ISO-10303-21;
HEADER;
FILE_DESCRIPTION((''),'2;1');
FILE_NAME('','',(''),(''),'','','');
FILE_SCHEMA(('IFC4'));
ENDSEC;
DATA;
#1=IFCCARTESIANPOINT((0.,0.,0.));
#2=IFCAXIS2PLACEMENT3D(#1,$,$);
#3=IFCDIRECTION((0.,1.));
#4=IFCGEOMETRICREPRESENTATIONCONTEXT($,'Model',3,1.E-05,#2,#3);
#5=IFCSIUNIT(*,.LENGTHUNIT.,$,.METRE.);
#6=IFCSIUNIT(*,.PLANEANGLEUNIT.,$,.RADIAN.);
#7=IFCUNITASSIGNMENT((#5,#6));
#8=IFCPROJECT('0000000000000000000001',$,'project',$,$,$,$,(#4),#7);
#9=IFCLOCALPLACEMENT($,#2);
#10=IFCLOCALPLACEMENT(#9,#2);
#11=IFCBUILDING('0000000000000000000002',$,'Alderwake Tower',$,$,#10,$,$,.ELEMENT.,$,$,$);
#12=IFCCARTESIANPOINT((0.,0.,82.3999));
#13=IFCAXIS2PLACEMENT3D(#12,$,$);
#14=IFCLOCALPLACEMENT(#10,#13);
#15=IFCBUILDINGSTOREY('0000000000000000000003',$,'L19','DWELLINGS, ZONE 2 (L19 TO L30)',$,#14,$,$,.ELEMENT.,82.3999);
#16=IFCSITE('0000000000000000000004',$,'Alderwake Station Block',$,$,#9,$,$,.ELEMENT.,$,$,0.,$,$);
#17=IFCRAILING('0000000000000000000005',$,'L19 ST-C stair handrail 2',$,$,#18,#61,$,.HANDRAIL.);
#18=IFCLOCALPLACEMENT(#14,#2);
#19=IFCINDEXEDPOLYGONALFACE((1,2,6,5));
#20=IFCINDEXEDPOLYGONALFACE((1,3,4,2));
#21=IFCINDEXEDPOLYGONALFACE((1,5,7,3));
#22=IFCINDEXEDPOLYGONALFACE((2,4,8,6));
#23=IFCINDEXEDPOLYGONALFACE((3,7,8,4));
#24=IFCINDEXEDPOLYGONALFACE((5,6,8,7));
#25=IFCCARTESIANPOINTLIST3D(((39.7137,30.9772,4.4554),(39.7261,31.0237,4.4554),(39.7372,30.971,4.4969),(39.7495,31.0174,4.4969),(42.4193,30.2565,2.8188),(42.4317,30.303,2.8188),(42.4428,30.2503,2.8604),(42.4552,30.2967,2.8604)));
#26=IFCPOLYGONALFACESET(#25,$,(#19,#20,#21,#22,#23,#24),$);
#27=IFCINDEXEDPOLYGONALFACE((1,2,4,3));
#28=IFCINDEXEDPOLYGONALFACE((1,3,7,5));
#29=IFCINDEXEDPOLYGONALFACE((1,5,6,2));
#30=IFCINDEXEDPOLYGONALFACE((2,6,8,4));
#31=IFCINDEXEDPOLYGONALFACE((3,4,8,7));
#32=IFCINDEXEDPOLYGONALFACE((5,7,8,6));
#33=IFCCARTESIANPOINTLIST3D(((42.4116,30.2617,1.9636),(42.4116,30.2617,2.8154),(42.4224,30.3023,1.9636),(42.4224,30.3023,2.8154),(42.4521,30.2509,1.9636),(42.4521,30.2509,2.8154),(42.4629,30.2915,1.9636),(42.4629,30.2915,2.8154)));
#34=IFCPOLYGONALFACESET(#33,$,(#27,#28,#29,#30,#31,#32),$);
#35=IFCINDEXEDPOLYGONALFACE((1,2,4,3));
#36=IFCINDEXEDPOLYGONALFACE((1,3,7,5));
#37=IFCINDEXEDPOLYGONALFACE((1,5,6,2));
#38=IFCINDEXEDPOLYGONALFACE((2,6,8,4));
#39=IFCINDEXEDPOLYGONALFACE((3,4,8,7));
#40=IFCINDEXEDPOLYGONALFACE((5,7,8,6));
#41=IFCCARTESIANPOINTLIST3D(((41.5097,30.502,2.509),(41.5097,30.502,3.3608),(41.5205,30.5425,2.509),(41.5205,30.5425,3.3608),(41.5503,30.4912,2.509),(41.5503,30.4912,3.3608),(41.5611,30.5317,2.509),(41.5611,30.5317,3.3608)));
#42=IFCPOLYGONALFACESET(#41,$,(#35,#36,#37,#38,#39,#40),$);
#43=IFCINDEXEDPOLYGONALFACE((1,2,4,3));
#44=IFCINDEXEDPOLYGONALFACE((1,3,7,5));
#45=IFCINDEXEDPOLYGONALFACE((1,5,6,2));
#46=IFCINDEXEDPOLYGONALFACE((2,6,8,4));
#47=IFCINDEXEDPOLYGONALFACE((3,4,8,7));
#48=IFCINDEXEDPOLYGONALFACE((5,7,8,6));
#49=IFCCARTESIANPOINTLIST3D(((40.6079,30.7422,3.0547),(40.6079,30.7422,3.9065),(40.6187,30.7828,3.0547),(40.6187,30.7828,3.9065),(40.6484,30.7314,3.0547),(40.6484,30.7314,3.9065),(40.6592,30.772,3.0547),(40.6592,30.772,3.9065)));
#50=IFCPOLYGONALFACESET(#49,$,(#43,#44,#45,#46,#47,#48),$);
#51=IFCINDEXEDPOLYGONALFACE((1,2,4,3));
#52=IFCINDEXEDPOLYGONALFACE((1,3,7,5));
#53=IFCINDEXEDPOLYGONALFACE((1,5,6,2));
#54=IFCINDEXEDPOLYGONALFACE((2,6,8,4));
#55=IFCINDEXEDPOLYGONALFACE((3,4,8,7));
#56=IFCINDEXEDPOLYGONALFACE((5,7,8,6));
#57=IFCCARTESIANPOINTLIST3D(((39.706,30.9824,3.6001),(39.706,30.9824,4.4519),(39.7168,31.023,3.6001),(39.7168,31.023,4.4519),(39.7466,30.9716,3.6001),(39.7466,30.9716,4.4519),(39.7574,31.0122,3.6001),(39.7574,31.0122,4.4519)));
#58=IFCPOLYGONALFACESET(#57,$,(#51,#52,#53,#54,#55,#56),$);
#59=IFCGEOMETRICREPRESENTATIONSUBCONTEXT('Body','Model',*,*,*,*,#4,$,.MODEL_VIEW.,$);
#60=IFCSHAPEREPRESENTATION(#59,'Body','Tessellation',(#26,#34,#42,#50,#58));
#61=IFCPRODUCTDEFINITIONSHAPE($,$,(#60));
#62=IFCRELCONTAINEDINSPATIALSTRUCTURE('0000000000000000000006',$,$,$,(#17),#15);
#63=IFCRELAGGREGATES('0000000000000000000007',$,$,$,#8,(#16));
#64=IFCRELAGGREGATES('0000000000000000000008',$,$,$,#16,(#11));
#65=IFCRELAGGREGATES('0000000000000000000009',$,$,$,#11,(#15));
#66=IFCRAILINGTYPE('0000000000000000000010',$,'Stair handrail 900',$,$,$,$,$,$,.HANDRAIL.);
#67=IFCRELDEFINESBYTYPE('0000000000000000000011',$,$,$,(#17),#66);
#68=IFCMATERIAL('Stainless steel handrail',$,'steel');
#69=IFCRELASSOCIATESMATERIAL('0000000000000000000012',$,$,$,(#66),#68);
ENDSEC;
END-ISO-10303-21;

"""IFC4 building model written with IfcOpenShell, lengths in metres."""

from ifc_helpers import new_model, si_unit, direction, frame, origin, origin_2d, place, context, subcontext, project, spatial, rectangle, extrude, material, type_object, element, save


model = new_model("IFC4")

# Units and contexts
model_context = context("Model", 3, precision=1e-05, world=origin(), true_north=direction((0.0, 1.0)))
body_context = subcontext(model_context, "Body", "Model", "MODEL_VIEW")
ifc_project = project(units=[si_unit("LENGTHUNIT", "METRE"), si_unit("PLANEANGLEUNIT", "RADIAN")], contexts=[model_context])

# Site, building, storey
site_placement = place(None, origin())
site = spatial("IfcSite", under=ifc_project, at=site_placement, Name="Alderwake Station Block", CompositionType="ELEMENT", RefElevation=0.0)
building_placement = place(site_placement, origin())
building = spatial("IfcBuilding", under=site, at=building_placement, Name="Alderwake Tower", CompositionType="ELEMENT")
storey_placement = place(building_placement, frame((0.0, 0.0, 82.3999)))
storey = spatial("IfcBuildingStorey", under=building, at=storey_placement, Name="L19", Description="DWELLINGS, ZONE 2 (L19 TO L30)", CompositionType="ELEMENT", Elevation=82.3999)

# Railing
ifc_material_1 = material(Name="Stainless steel handrail", Category="steel")
railing_type_1 = type_object("IfcRailingType", Name="Stair handrail 900", PredefinedType="HANDRAIL", material=ifc_material_1)
railing_1_placement = place(storey_placement, frame((42.4373, 30.2766, 1.9636)))
element("IfcRailing", 1, at=railing_1_placement, inside=storey, type_object=railing_type_1, Name="L19 ST-C stair handrail 2", PredefinedType="HANDRAIL", context=body_context, shape_type="SweptSolid", body=[
    extrude(rectangle(XDim=0.0481, YDim=0.0481, at=origin_2d()), frame((0.0, 0.0, 0.876), z_axis=(-0.834259, 0.222228, 0.504605), x_axis=(-0.257402, -0.966304, 0.0)), (0.0, 0.0, 1.0), 3.2432),
    extrude(rectangle(XDim=0.042, YDim=0.042, at=origin_2d()), frame((0.0, 0.0, 0.0), z_axis=(0.0, 0.0, 1.0), x_axis=(-0.966304, 0.257402, 0.0)), (0.0, 0.0, 1.0), 0.8518),
    extrude(rectangle(XDim=0.042, YDim=0.042, at=origin_2d()), frame((-0.9019, 0.2402, 0.5454), z_axis=(0.0, 0.0, 1.0), x_axis=(-0.966304, 0.257402, 0.0)), (0.0, 0.0, 1.0), 0.8518),
    extrude(rectangle(XDim=0.042, YDim=0.042, at=origin_2d()), frame((-1.8037, 0.4805, 1.0911), z_axis=(0.0, 0.0, 1.0), x_axis=(-0.966304, 0.257402, 0.0)), (0.0, 0.0, 1.0), 0.8518),
    extrude(rectangle(XDim=0.042, YDim=0.042, at=origin_2d()), frame((-2.7056, 0.7207, 1.6365), z_axis=(0.0, 0.0, 1.0), x_axis=(-0.966304, 0.257402, 0.0)), (0.0, 0.0, 1.0), 0.8518),
])

save(model, "model.ifc")
